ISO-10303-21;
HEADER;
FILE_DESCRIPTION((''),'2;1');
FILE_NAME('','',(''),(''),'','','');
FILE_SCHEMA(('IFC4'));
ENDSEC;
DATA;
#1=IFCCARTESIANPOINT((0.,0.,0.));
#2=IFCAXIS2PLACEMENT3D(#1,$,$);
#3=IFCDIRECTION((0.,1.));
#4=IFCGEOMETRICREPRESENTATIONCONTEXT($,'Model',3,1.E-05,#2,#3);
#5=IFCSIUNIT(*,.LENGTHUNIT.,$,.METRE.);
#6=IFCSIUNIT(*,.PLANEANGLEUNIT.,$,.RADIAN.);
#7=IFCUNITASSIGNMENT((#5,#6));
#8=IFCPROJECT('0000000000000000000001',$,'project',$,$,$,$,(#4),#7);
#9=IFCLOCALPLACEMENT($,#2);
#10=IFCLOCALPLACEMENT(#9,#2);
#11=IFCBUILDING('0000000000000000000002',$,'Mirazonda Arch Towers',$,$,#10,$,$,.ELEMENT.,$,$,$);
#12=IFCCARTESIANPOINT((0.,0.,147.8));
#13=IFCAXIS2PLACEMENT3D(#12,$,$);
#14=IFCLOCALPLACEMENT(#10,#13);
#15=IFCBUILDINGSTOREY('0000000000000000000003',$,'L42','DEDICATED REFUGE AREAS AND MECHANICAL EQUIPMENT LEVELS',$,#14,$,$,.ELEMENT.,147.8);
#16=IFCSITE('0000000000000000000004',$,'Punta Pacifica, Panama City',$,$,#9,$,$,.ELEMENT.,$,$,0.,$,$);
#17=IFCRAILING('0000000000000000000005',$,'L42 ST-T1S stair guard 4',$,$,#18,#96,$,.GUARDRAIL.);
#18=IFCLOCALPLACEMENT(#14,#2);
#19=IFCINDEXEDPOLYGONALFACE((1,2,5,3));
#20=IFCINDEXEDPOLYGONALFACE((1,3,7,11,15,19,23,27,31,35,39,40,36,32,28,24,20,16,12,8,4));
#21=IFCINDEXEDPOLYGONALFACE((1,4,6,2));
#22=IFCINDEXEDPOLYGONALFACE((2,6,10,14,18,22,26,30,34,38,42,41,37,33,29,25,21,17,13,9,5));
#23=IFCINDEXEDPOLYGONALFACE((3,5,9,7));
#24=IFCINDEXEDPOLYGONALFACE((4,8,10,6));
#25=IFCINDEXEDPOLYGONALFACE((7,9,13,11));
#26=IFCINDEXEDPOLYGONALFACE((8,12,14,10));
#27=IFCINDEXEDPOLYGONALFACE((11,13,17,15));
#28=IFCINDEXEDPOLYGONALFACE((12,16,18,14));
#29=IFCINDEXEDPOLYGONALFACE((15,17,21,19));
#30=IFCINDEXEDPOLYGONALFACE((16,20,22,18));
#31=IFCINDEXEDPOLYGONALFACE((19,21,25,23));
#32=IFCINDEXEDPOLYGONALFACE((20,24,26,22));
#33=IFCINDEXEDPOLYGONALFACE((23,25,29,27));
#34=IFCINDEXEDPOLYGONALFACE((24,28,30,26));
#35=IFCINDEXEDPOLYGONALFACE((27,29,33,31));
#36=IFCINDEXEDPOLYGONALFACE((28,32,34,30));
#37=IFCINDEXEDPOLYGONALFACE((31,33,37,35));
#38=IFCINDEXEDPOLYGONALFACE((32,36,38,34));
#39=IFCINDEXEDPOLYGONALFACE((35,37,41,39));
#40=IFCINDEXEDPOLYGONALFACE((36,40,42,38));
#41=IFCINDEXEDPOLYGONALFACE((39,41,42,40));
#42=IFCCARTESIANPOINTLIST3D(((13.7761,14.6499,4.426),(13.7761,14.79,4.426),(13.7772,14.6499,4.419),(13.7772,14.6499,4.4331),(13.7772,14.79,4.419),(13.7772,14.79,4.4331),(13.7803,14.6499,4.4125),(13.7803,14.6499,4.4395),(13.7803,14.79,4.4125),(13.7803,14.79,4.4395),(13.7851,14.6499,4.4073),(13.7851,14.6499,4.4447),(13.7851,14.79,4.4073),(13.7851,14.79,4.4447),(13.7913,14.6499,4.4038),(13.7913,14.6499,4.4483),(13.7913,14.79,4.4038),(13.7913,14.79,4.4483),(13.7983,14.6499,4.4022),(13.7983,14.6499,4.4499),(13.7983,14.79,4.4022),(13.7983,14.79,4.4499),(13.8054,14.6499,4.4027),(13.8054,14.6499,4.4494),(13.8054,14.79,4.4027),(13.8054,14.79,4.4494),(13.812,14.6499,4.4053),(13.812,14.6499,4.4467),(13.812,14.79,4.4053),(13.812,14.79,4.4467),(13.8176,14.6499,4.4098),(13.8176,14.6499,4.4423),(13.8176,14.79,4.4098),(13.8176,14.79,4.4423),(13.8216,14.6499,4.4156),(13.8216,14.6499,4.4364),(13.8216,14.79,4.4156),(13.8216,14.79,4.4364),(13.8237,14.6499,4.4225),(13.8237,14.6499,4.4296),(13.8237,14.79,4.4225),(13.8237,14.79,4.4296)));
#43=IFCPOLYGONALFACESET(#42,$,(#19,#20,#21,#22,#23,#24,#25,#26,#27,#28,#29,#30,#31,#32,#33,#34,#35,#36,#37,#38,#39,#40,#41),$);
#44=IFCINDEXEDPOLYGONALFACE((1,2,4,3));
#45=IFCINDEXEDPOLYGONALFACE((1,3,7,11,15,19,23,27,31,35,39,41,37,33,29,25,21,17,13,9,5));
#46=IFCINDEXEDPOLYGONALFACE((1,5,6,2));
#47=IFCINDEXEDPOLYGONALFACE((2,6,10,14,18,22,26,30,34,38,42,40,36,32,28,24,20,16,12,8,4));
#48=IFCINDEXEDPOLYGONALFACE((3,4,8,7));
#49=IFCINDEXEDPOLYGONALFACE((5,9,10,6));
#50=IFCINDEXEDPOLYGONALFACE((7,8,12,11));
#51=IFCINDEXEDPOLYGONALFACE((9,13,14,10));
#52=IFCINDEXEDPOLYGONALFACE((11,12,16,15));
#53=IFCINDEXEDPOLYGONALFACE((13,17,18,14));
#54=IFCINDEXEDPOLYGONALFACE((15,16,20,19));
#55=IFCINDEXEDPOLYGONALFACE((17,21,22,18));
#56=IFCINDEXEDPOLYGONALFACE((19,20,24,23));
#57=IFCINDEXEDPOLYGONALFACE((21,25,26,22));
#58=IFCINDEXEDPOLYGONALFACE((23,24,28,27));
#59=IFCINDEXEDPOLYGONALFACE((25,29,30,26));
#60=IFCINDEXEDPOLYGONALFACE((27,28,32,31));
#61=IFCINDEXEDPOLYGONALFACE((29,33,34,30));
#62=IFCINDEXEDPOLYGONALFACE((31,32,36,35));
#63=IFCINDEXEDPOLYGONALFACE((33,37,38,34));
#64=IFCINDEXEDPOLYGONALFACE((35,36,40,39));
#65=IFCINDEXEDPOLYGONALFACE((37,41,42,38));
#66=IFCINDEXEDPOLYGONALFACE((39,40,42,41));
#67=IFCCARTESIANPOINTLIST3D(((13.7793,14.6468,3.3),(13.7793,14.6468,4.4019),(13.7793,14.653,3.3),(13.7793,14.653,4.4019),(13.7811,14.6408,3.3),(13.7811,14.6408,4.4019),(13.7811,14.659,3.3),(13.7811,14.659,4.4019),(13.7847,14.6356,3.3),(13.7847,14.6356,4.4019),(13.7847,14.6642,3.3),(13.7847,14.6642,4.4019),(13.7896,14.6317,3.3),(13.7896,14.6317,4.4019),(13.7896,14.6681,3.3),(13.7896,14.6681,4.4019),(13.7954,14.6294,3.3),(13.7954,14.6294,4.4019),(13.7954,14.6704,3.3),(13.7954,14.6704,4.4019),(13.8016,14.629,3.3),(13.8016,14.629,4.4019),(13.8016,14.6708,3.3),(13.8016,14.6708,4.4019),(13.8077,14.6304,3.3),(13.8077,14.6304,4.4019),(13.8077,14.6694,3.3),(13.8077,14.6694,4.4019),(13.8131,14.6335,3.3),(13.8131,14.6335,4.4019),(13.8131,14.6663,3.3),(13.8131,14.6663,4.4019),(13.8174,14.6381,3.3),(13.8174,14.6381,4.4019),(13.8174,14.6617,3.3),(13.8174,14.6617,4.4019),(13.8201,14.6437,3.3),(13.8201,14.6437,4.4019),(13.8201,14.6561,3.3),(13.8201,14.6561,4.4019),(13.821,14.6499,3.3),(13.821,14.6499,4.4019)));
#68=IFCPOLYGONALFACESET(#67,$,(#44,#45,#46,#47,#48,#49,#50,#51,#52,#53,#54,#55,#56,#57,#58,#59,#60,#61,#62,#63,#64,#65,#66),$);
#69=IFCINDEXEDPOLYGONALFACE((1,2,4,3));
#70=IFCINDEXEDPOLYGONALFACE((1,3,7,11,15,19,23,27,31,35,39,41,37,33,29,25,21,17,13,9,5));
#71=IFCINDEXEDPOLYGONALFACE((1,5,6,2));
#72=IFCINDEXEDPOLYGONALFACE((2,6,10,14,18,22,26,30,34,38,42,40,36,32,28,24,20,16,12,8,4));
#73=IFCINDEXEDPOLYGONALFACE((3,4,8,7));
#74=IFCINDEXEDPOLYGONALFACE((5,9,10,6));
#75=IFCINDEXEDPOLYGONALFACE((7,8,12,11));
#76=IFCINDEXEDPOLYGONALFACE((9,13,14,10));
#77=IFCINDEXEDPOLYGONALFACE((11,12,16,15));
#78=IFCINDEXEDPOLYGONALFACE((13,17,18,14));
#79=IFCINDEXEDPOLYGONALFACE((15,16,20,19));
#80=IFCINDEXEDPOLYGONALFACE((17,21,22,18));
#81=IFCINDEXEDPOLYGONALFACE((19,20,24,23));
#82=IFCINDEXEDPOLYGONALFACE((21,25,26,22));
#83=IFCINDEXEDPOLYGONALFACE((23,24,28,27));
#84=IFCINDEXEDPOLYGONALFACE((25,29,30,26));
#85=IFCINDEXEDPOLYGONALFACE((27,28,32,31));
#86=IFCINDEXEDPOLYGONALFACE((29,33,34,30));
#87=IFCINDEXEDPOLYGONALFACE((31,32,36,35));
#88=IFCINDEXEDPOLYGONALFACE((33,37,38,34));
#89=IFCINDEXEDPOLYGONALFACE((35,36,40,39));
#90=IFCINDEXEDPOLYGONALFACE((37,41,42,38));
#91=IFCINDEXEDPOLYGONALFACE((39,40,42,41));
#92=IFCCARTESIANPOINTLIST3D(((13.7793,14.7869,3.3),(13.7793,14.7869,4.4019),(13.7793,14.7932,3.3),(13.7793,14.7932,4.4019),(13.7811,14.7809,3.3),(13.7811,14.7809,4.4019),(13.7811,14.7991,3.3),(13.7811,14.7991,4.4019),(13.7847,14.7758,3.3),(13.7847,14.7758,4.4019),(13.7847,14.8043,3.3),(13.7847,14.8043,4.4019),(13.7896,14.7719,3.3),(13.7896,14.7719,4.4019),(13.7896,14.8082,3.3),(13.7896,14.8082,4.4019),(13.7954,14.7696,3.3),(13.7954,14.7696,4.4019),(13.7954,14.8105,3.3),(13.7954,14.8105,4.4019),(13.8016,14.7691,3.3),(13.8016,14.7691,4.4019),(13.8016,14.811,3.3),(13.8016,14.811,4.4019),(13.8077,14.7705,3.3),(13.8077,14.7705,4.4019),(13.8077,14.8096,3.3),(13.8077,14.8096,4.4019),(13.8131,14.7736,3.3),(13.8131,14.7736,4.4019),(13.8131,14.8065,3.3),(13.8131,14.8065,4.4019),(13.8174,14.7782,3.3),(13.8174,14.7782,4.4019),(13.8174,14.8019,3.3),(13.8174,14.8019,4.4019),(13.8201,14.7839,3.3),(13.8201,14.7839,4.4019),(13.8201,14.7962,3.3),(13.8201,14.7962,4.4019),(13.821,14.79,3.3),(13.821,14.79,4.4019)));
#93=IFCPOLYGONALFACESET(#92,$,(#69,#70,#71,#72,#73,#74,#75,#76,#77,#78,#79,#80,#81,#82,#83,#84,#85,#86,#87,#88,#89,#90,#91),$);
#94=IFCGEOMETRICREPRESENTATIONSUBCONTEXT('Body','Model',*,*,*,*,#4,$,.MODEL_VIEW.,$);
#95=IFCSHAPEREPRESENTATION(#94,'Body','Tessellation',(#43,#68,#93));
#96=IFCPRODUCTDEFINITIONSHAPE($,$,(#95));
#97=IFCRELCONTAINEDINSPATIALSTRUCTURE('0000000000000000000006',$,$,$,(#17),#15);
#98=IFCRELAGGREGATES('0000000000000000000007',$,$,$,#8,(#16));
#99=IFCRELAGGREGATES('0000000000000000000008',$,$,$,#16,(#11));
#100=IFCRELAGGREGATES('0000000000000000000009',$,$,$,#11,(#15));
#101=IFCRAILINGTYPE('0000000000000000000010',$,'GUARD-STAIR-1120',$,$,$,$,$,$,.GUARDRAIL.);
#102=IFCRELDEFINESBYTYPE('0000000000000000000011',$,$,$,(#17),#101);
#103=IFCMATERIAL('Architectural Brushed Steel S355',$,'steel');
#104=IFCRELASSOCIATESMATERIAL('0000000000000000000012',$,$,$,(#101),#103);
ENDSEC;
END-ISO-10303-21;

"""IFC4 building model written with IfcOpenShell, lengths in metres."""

from ifc_helpers import new_model, si_unit, direction, frame, origin, origin_2d, place, context, subcontext, project, spatial, circle, extrude, material, type_object, element, save


model = new_model("IFC4")

# Units and contexts
model_context = context("Model", 3, precision=1e-05, world=origin(), true_north=direction((0.0, 1.0)))
body_context = subcontext(model_context, "Body", "Model", "MODEL_VIEW")
ifc_project = project(units=[si_unit("LENGTHUNIT", "METRE"), si_unit("PLANEANGLEUNIT", "RADIAN")], contexts=[model_context])

# Site, building, storey
site_placement = place(None, origin())
site = spatial("IfcSite", under=ifc_project, at=site_placement, Name="Punta Pacifica, Panama City", CompositionType="ELEMENT", RefElevation=0.0)
building_placement = place(site_placement, origin())
building = spatial("IfcBuilding", under=site, at=building_placement, Name="Mirazonda Arch Towers", CompositionType="ELEMENT")
storey_placement = place(building_placement, frame((0.0, 0.0, 147.8)))
storey = spatial("IfcBuildingStorey", under=building, at=storey_placement, Name="L42", Description="DEDICATED REFUGE AREAS AND MECHANICAL EQUIPMENT LEVELS", CompositionType="ELEMENT", Elevation=147.8)

# Shared definitions
ifc_material_1 = material(Name="Architectural Brushed Steel S355", Category="steel")

# Railing
railing_type_1 = type_object("IfcRailingType", Name="GUARD-STAIR-1120", PredefinedType="GUARDRAIL", material=ifc_material_1)
railing_1_placement = place(storey_placement, frame((13.8, 14.6499, 3.3)))
element("IfcRailing", 1, at=railing_1_placement, inside=storey, type_object=railing_type_1, Name="L42 ST-T1S stair guard 4", PredefinedType="GUARDRAIL", context=body_context, shape_type="SweptSolid", body=[
    extrude(circle(Radius=0.0239, at=origin_2d()), frame((0.0, 0.0, 1.126), z_axis=(0.0, 1.0, 0.0), x_axis=(-1.0, 0.0, 0.0)), (0.0, 0.0, 1.0), 0.1401),
    extrude(circle(Radius=0.021, at=origin_2d()), origin(), (0.0, 0.0, 1.0), 1.1018),
    extrude(circle(Radius=0.021, at=origin_2d()), frame((0.0, 0.1401, 0.0)), (0.0, 0.0, 1.0), 1.1018),
])

save(model, "model.ifc")
